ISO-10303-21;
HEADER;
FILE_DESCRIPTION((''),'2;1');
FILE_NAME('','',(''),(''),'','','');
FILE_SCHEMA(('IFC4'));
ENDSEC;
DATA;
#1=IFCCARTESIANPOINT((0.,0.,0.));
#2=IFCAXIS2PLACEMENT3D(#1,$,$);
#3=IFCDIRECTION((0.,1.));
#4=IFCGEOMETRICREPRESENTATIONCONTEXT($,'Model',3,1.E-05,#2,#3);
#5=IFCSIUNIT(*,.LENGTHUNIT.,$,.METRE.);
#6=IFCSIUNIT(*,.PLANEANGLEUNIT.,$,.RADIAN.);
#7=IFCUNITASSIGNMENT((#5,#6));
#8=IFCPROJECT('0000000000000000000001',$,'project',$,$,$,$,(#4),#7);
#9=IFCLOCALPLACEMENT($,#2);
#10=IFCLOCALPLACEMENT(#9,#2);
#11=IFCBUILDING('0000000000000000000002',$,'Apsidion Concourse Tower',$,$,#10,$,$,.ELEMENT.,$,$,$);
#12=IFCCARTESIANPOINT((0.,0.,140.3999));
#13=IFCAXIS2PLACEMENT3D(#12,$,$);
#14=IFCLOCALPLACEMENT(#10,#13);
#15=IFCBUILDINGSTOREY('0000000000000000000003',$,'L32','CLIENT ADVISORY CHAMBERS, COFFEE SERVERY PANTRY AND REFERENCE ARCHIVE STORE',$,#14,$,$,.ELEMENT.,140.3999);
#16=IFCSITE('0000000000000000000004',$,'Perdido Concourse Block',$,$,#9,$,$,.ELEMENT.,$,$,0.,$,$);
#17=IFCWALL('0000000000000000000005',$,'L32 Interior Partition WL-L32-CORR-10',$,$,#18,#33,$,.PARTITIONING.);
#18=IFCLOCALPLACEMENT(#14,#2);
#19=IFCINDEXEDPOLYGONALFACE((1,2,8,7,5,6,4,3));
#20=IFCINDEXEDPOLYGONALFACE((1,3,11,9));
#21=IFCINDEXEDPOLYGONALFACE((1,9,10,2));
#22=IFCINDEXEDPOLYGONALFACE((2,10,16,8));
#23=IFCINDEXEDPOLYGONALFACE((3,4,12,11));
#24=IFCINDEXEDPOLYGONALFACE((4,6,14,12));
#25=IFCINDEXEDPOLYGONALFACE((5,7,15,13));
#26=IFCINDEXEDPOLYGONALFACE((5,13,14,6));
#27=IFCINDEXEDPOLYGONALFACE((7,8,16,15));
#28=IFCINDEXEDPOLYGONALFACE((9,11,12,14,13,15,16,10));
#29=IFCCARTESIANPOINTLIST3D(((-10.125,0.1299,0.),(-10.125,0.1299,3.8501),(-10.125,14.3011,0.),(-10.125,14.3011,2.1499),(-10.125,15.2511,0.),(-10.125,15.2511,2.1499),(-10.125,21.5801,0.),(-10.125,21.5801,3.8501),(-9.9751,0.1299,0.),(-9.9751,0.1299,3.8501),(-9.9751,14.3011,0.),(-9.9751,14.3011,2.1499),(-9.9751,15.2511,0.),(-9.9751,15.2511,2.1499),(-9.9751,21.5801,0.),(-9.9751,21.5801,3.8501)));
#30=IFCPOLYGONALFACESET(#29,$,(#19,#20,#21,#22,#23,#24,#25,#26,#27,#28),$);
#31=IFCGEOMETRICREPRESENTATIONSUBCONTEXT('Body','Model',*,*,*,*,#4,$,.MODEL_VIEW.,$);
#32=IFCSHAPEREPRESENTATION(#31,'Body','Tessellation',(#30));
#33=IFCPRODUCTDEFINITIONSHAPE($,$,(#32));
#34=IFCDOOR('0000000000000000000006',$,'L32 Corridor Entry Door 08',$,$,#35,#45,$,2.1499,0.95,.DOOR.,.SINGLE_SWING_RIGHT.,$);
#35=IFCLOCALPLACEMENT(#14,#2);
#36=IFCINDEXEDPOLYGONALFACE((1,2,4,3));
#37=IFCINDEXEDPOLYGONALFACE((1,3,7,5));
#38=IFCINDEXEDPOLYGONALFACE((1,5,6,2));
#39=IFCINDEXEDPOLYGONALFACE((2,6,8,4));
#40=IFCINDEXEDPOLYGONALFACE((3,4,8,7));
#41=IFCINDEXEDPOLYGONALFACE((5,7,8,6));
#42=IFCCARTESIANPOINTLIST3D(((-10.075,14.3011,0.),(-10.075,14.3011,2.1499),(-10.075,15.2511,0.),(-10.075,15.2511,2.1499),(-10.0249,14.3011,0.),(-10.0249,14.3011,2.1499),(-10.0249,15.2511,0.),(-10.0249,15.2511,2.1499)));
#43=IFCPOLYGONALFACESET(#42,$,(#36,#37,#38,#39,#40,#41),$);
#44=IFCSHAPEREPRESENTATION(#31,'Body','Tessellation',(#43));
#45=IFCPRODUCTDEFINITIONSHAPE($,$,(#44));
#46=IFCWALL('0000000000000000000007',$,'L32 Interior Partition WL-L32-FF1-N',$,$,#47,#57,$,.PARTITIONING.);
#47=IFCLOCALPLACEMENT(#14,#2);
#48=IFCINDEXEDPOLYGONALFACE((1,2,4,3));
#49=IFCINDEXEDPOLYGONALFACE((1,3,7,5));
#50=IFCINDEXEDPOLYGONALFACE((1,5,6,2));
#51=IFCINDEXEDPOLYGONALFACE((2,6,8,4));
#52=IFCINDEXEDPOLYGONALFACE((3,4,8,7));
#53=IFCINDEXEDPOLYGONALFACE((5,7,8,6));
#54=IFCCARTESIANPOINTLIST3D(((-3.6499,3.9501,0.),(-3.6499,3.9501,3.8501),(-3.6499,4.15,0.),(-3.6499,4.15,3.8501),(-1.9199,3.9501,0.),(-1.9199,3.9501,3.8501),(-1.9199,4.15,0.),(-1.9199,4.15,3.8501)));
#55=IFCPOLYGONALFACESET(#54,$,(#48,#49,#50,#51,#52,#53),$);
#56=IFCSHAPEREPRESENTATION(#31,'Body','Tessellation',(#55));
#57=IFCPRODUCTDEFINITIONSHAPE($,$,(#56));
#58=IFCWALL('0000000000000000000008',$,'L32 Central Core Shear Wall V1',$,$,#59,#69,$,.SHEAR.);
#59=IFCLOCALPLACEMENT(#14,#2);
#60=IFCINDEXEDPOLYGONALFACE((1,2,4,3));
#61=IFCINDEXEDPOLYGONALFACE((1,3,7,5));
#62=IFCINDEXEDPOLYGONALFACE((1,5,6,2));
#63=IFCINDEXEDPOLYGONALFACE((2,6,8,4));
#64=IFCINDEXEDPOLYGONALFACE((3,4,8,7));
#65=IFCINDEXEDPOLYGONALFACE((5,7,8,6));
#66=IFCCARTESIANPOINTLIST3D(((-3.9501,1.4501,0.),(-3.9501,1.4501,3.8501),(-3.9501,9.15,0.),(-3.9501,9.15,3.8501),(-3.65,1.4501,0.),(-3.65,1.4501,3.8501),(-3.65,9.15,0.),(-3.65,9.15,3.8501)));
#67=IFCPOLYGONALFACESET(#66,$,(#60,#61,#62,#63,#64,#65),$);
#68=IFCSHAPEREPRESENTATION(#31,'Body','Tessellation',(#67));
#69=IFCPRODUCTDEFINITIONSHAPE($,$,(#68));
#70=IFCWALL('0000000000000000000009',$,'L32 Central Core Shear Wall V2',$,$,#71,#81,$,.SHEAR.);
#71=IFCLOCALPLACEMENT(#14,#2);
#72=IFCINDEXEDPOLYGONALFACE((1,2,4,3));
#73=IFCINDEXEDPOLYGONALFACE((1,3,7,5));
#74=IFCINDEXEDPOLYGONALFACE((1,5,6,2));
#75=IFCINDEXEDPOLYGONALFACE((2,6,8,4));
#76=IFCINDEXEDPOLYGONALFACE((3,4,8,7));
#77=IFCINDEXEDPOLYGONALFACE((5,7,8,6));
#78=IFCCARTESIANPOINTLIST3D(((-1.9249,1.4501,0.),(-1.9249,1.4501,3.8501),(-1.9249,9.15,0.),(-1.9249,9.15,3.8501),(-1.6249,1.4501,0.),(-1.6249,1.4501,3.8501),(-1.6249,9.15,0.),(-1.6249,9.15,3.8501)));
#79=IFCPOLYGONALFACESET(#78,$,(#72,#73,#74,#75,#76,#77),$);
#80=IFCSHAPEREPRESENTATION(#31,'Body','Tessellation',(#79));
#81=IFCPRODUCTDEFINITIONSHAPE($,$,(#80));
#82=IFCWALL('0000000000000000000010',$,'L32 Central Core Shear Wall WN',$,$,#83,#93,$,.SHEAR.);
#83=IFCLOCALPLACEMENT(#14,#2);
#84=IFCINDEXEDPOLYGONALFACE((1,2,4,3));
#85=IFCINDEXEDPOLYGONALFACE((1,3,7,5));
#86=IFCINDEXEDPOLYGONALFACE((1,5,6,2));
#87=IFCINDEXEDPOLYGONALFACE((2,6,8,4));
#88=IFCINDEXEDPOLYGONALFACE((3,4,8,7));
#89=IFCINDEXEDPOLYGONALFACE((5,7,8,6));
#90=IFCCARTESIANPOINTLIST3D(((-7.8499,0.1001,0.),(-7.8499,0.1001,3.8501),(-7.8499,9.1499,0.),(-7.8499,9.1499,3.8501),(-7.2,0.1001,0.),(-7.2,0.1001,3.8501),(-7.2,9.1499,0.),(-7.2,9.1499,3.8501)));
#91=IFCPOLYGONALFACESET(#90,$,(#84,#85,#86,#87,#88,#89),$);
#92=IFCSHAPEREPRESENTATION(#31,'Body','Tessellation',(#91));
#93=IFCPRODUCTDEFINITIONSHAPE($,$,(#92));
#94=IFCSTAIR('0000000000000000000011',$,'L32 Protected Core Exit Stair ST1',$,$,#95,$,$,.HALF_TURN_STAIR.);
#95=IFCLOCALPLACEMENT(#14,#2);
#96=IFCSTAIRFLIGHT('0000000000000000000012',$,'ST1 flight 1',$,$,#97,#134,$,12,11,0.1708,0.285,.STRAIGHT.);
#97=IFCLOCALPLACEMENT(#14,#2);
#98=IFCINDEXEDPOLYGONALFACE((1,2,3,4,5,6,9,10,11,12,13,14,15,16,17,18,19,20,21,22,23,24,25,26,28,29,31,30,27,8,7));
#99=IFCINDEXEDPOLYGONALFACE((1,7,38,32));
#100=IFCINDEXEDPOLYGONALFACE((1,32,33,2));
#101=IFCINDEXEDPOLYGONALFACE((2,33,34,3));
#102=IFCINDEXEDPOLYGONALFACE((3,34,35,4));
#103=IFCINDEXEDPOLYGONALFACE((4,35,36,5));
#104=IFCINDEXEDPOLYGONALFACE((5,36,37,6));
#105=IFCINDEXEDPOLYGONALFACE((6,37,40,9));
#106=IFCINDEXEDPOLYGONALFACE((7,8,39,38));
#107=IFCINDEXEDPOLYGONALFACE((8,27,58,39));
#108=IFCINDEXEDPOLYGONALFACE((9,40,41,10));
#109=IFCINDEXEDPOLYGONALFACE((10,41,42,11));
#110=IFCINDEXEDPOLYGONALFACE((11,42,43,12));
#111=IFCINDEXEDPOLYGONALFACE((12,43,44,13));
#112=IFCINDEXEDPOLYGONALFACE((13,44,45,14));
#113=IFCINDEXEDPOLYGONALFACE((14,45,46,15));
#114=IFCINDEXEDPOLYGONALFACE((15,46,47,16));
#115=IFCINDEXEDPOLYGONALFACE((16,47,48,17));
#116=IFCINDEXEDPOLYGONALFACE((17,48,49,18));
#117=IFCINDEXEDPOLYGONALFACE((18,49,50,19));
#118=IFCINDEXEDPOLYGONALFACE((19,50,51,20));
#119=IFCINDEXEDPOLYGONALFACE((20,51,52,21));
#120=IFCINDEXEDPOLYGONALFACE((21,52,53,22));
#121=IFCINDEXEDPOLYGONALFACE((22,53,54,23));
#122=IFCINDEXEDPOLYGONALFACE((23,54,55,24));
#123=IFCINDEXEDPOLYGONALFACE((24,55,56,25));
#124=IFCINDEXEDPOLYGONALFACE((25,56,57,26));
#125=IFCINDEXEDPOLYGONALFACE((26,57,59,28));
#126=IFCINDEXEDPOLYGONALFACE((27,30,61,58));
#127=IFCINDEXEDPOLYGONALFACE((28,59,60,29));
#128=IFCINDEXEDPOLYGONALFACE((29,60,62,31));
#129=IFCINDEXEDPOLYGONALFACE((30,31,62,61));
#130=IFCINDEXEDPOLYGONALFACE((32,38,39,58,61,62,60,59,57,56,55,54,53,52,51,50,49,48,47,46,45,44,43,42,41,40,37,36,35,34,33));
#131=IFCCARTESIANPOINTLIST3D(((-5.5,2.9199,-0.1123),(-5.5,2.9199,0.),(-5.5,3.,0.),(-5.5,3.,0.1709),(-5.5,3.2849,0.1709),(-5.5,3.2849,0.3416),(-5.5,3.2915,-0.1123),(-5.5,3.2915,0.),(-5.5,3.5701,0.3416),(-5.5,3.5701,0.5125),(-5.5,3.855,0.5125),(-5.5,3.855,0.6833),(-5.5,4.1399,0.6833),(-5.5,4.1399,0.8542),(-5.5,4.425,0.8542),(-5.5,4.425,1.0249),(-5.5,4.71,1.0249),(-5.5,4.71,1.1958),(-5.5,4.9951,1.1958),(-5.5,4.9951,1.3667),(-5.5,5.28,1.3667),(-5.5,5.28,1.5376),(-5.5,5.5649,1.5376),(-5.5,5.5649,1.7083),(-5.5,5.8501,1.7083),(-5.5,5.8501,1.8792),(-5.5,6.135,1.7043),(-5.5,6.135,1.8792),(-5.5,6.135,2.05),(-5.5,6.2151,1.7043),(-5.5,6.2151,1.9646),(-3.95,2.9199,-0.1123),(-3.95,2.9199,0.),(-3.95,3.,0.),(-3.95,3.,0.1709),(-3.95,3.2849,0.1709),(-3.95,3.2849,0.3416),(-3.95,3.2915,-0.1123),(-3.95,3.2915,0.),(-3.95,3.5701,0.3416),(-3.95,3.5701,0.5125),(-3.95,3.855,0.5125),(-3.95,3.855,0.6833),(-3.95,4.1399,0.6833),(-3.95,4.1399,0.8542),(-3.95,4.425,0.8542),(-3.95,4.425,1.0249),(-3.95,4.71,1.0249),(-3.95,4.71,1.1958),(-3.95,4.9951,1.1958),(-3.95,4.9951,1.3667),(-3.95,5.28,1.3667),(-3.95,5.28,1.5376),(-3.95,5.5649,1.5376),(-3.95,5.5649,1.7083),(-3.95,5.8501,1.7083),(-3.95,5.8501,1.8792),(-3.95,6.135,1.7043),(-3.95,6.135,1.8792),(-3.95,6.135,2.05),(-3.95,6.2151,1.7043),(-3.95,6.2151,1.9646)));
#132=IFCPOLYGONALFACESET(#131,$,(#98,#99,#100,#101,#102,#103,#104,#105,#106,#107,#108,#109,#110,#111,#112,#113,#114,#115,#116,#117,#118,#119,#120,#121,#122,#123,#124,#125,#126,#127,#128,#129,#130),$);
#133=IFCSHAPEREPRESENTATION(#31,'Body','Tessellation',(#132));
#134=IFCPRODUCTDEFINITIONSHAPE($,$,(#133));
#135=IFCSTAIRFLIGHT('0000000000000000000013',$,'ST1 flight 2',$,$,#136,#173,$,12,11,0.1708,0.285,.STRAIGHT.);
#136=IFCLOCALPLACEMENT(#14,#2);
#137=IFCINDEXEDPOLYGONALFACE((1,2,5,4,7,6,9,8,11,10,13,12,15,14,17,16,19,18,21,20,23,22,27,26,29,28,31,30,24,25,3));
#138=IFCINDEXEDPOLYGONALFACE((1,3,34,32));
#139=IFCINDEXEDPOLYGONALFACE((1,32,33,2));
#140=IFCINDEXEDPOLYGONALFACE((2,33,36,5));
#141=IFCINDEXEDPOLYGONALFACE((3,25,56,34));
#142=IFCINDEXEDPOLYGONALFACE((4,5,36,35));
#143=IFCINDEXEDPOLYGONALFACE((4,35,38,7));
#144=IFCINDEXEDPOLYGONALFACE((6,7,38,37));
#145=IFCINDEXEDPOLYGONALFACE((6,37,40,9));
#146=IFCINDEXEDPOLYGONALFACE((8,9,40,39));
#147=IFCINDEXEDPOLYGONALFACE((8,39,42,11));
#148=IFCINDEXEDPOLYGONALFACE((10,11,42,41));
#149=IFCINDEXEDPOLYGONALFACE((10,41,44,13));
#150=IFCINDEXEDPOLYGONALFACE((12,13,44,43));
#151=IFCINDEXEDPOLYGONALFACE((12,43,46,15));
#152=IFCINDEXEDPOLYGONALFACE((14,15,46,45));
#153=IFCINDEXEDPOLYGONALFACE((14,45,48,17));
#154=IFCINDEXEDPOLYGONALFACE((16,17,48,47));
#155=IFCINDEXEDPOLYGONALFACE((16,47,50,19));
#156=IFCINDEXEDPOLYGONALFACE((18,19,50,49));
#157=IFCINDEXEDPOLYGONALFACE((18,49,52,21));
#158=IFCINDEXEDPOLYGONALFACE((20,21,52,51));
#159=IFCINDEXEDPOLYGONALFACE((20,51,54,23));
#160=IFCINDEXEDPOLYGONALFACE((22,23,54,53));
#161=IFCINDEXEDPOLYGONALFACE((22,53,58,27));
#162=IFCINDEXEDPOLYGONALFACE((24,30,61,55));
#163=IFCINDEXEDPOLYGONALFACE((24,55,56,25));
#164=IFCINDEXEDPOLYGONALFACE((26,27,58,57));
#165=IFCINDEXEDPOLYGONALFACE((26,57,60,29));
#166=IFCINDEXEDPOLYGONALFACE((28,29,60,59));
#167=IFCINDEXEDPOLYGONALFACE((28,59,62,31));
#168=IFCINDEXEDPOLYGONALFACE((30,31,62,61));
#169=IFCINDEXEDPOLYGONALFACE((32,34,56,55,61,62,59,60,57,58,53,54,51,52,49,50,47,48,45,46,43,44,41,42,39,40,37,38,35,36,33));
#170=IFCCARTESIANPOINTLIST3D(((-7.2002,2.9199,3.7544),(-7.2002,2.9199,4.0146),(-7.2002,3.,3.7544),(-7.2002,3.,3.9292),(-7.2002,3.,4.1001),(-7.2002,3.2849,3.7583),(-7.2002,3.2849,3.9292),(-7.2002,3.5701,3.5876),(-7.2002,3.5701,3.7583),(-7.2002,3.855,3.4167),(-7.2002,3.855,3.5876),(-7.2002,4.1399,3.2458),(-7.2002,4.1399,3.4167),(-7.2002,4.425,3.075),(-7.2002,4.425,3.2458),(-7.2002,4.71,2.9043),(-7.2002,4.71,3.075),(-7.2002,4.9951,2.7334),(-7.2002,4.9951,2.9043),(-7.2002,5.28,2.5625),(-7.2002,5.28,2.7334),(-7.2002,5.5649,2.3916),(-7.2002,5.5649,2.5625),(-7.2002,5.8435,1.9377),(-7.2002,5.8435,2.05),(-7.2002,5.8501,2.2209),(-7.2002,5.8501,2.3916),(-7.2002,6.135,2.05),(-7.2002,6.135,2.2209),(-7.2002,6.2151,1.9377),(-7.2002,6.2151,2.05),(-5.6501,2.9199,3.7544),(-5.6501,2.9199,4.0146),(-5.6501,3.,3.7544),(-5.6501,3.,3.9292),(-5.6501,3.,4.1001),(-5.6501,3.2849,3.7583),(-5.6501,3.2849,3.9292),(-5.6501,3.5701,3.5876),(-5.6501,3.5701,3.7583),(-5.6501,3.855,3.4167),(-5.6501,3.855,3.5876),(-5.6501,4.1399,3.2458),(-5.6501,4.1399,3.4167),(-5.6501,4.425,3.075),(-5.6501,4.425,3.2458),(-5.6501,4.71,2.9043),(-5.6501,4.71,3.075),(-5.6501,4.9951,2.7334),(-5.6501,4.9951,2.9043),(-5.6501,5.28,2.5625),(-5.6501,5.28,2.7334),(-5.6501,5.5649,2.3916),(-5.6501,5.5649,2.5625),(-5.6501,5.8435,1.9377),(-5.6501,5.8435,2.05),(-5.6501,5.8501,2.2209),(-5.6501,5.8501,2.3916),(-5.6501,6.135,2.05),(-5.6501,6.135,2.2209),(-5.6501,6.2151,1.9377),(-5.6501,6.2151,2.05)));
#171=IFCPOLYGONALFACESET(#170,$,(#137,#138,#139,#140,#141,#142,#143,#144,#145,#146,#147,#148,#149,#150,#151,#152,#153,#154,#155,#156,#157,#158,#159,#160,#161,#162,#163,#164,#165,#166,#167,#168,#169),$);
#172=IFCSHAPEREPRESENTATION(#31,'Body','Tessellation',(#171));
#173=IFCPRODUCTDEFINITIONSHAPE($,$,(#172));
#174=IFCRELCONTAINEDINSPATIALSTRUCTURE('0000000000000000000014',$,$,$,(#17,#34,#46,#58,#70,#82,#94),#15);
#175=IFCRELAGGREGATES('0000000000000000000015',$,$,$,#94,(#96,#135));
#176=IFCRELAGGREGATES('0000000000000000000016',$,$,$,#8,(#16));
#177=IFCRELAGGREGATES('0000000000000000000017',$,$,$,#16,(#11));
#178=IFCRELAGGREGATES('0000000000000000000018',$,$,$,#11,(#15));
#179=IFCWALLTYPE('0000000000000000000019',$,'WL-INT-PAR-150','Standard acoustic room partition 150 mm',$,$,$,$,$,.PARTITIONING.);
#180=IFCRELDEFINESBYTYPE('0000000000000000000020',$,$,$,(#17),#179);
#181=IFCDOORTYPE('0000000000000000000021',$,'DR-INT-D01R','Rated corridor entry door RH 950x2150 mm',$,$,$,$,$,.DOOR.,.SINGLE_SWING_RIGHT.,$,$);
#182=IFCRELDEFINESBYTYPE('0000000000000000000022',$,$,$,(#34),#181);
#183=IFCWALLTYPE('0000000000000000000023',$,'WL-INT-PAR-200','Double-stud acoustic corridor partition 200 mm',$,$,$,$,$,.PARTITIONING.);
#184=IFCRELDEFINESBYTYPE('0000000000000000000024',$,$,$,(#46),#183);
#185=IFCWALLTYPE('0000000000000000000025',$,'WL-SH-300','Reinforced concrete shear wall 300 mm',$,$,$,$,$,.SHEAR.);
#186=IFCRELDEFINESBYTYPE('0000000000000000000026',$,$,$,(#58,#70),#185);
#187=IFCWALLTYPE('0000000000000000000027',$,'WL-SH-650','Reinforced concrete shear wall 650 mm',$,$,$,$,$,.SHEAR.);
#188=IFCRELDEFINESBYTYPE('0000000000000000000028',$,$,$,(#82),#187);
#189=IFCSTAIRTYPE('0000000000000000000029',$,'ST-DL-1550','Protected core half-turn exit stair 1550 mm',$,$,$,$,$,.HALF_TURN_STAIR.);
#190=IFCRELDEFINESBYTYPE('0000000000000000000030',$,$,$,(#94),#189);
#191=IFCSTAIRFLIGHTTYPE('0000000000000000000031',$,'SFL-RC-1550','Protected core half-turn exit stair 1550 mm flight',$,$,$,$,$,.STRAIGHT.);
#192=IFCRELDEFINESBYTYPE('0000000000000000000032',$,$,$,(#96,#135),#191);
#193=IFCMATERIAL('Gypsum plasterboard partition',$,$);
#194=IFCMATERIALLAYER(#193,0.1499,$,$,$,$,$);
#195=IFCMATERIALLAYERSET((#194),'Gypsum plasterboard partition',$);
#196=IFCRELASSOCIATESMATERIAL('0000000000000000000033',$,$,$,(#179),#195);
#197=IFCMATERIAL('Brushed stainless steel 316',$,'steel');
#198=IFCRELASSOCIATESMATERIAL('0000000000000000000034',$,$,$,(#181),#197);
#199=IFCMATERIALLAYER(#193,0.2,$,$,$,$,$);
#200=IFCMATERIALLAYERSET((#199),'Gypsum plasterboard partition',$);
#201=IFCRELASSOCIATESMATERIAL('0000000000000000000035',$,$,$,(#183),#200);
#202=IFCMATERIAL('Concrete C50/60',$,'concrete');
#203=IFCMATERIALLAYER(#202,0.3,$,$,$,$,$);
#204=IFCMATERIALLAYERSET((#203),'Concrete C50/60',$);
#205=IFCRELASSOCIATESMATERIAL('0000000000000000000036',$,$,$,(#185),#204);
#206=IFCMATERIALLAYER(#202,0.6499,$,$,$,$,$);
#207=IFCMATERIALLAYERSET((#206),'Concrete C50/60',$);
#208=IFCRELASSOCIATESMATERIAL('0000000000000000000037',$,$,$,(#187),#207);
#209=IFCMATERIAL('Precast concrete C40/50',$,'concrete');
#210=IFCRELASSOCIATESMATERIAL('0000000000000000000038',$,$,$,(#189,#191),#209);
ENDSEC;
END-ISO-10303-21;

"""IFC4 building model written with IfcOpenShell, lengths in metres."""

from ifc_helpers import new_model, si_unit, direction, frame, frame_2d, origin, place, context, subcontext, project, spatial, polyline, rectangle, outline, extrude, material, layer, layer_set, type_object, element, fill, aggregate, save


model = new_model("IFC4")

# Units and contexts
model_context = context("Model", 3, precision=1e-05, world=origin(), true_north=direction((0.0, 1.0)))
body_context = subcontext(model_context, "Body", "Model", "MODEL_VIEW")
ifc_project = project(units=[si_unit("LENGTHUNIT", "METRE"), si_unit("PLANEANGLEUNIT", "RADIAN")], contexts=[model_context])

# Site, building, storey
site_placement = place(None, origin())
site = spatial("IfcSite", under=ifc_project, at=site_placement, Name="Perdido Concourse Block", CompositionType="ELEMENT", RefElevation=0.0)
building_placement = place(site_placement, origin())
building = spatial("IfcBuilding", under=site, at=building_placement, Name="Apsidion Concourse Tower", CompositionType="ELEMENT")
storey_placement = place(building_placement, frame((0.0, 0.0, 140.3999)))
storey = spatial("IfcBuildingStorey", under=building, at=storey_placement, Name="L32", Description="CLIENT ADVISORY CHAMBERS, COFFEE SERVERY PANTRY AND REFERENCE ARCHIVE STORE", CompositionType="ELEMENT", Elevation=140.3999)

# Shared definitions
ifc_material_1 = material(Name="Concrete C50/60", Category="concrete")

# Wall, opening, door
ifc_material_2 = material(Name="Gypsum plasterboard partition")
ifc_layer_1 = layer(ifc_material_2, 0.1499)
ifc_layer_set_1 = layer_set([ifc_layer_1], Name="Gypsum plasterboard partition")
wall_type_1 = type_object("IfcWallType", Name="WL-INT-PAR-150", Description="Standard acoustic room partition 150 mm", PredefinedType="PARTITIONING", material=ifc_layer_set_1)
ifc_material_3 = material(Name="Brushed stainless steel 316", Category="steel")
wall_1_placement = place(storey_placement, frame((-10.05, 0.1299, 0.0), z_axis=(0.0, 0.0, 1.0), x_axis=(0.0, 1.0, 0.0)))
wall_1 = element("IfcWall", 1, at=wall_1_placement, inside=storey, type_object=wall_type_1, Name="L32 Interior Partition WL-L32-CORR-10", PredefinedType="PARTITIONING", context=body_context, shape_type="SweptSolid", body=[
    extrude(rectangle(XDim=21.4502, YDim=0.1499, at=frame_2d((10.7251, 0.0))), origin(), (0.0, 0.0, 1.0), 3.8501),
])
opening_1_placement = place(wall_1_placement, frame((14.1711, 0.0, 0.0)))
opening_1 = element("IfcOpeningElement", 2, at=opening_1_placement, cuts=wall_1, PredefinedType="OPENING", context=body_context, shape_type="SweptSolid", body=[
    extrude(rectangle(XDim=0.95, YDim=2.1499, at=frame_2d((0.4751, 1.075))), frame((0.0, 0.085, 0.0), z_axis=(0.0, -1.0, 0.0), x_axis=(1.0, 0.0, 0.0)), (0.0, 0.0, 1.0), 0.1699),
])
door_type_1 = type_object("IfcDoorType", Name="DR-INT-D01R", Description="Rated corridor entry door RH 950x2150 mm", OperationType="SINGLE_SWING_RIGHT", PredefinedType="DOOR", material=ifc_material_3)
door_1_placement = place(opening_1_placement, origin())
door_1 = element("IfcDoor", 3, at=door_1_placement, inside=storey, type_object=door_type_1, Name="L32 Corridor Entry Door 08", OperationType="SINGLE_SWING_RIGHT", OverallHeight=2.1499, OverallWidth=0.95, PredefinedType="DOOR", context=body_context, shape_type="SweptSolid", body=[
    extrude(rectangle(XDim=0.95, YDim=2.1499, at=frame_2d((0.4751, 1.075))), frame((0.0, 0.0249, 0.0), z_axis=(0.0, -1.0, 0.0), x_axis=(1.0, 0.0, 0.0)), (0.0, 0.0, 1.0), 0.05),
])
fill(opening_1, door_1)

# Walls
ifc_layer_2 = layer(ifc_material_2, 0.2)
ifc_layer_set_2 = layer_set([ifc_layer_2], Name="Gypsum plasterboard partition")
wall_type_2 = type_object("IfcWallType", Name="WL-INT-PAR-200", Description="Double-stud acoustic corridor partition 200 mm", PredefinedType="PARTITIONING", material=ifc_layer_set_2)
wall_2_placement = place(storey_placement, frame((-3.6499, 4.05, 0.0), z_axis=(0.0, 0.0, 1.0), x_axis=(1.0, 0.0, 0.0)))
element("IfcWall", 4, at=wall_2_placement, inside=storey, type_object=wall_type_2, Name="L32 Interior Partition WL-L32-FF1-N", PredefinedType="PARTITIONING", context=body_context, shape_type="SweptSolid", body=[
    extrude(rectangle(XDim=1.73, YDim=0.2, at=frame_2d((0.865, 0.0))), origin(), (0.0, 0.0, 1.0), 3.8501),
])
ifc_layer_3 = layer(ifc_material_1, 0.3)
ifc_layer_set_3 = layer_set([ifc_layer_3], Name="Concrete C50/60")
wall_type_3 = type_object("IfcWallType", Name="WL-SH-300", Description="Reinforced concrete shear wall 300 mm", PredefinedType="SHEAR", material=ifc_layer_set_3)
for number, where, z_axis, x_axis, name in (
    (5, (-3.8, 1.45, 0.0), (0.0, 0.0, 1.0), (0.0, 1.0, 0.0), "L32 Central Core Shear Wall V1"),
    (6, (-1.7749, 1.45, 0.0), (0.0, 0.0, 1.0), (0.0, 1.0, 0.0), "L32 Central Core Shear Wall V2"),
):
    element("IfcWall", number, at=place(storey_placement, frame(where, z_axis=z_axis, x_axis=x_axis)), inside=storey, type_object=wall_type_3, Name=name, PredefinedType="SHEAR", context=body_context, shape_type="SweptSolid", body=[
        extrude(rectangle(XDim=7.7, YDim=0.3, at=frame_2d((3.8501, 0.0))), origin(), (0.0, 0.0, 1.0), 3.8501),
    ])

# Wall
ifc_layer_4 = layer(ifc_material_1, 0.6499)
ifc_layer_set_4 = layer_set([ifc_layer_4], Name="Concrete C50/60")
wall_type_4 = type_object("IfcWallType", Name="WL-SH-650", Description="Reinforced concrete shear wall 650 mm", PredefinedType="SHEAR", material=ifc_layer_set_4)
wall_3_placement = place(storey_placement, frame((-7.5249, 0.1001, 0.0), z_axis=(0.0, 0.0, 1.0), x_axis=(0.0, 1.0, 0.0)))
element("IfcWall", 7, at=wall_3_placement, inside=storey, type_object=wall_type_4, Name="L32 Central Core Shear Wall WN", PredefinedType="SHEAR", context=body_context, shape_type="SweptSolid", body=[
    extrude(rectangle(XDim=9.0498, YDim=0.6499, at=frame_2d((4.5249, 0.0))), origin(), (0.0, 0.0, 1.0), 3.8501),
])

# Stair, stair flights
ifc_material_4 = material(Name="Precast concrete C40/50", Category="concrete")
stair_type = type_object("IfcStairType", Name="ST-DL-1550", Description="Protected core half-turn exit stair 1550 mm", PredefinedType="HALF_TURN_STAIR", material=ifc_material_4)
stair_placement = place(storey_placement, origin())
stair = element("IfcStair", 8, at=stair_placement, inside=storey, type_object=stair_type, Name="L32 Protected Core Exit Stair ST1", PredefinedType="HALF_TURN_STAIR")
stair_flight_type = type_object("IfcStairFlightType", Name="SFL-RC-1550", Description="Protected core half-turn exit stair 1550 mm flight", PredefinedType="STRAIGHT", material=ifc_material_4)
stair_flight_1_placement = place(storey_placement, frame((-4.7251, 3.0, 0.0), z_axis=(0.0, 0.0, 1.0), x_axis=(0.0, 1.0, 0.0)))
stair_flight_1 = element("IfcStairFlight", 9, at=stair_flight_1_placement, type_object=stair_flight_type, Name="ST1 flight 1", NumberOfRisers=12, NumberOfTreads=11, PredefinedType="STRAIGHT", RiserHeight=0.1708, TreadLength=0.285, context=body_context, shape_type="SweptSolid", body=[
    extrude(outline(polyline([(-0.0801, -0.1123), (-0.0801, 0.0), (0.0, 0.0), (0.0, 0.1709), (0.2849, 0.1709), (0.2849, 0.3416), (0.5701, 0.3416), (0.5701, 0.5125), (0.855, 0.5125), (0.855, 0.6833), (1.1399, 0.6833), (1.1399, 0.8542), (1.425, 0.8542), (1.425, 1.0249), (1.71, 1.0249), (1.71, 1.1958), (1.9951, 1.1958), (1.9951, 1.3667), (2.28, 1.3667), (2.28, 1.5376), (2.5649, 1.5376), (2.5649, 1.7083), (2.8501, 1.7083), (2.8501, 1.8792), (3.135, 1.8792), (3.135, 2.05), (3.2151, 1.9646), (3.2151, 1.7043), (3.135, 1.7043), (0.2915, 0.0), (0.2915, -0.1123), (-0.0801, -0.1123)])), frame((0.0, 0.7749, 0.0), z_axis=(0.0, -1.0, 0.0), x_axis=(1.0, 0.0, 0.0)), (0.0, 0.0, 1.0), 1.55),
])
stair_flight_2_placement = place(storey_placement, frame((-6.425, 6.135, 2.05), z_axis=(0.0, 0.0, 1.0), x_axis=(0.0, -1.0, 0.0)))
stair_flight_2 = element("IfcStairFlight", 10, at=stair_flight_2_placement, type_object=stair_flight_type, Name="ST1 flight 2", NumberOfRisers=12, NumberOfTreads=11, PredefinedType="STRAIGHT", RiserHeight=0.1708, TreadLength=0.285, context=body_context, shape_type="SweptSolid", body=[
    extrude(outline(polyline([(-0.0801, -0.1123), (-0.0801, 0.0), (0.0, 0.0), (0.0, 0.1709), (0.2849, 0.1709), (0.2849, 0.3416), (0.5701, 0.3416), (0.5701, 0.5125), (0.855, 0.5125), (0.855, 0.6833), (1.1399, 0.6833), (1.1399, 0.8542), (1.425, 0.8542), (1.425, 1.0249), (1.71, 1.0249), (1.71, 1.1958), (1.9951, 1.1958), (1.9951, 1.3667), (2.28, 1.3667), (2.28, 1.5376), (2.5649, 1.5376), (2.5649, 1.7083), (2.8501, 1.7083), (2.8501, 1.8792), (3.135, 1.8792), (3.135, 2.05), (3.2151, 1.9646), (3.2151, 1.7043), (3.135, 1.7043), (0.2915, 0.0), (0.2915, -0.1123), (-0.0801, -0.1123)])), frame((0.0, 0.7749, 0.0), z_axis=(0.0, -1.0, 0.0), x_axis=(1.0, 0.0, 0.0)), (0.0, 0.0, 1.0), 1.55),
])
aggregate(stair, [stair_flight_1, stair_flight_2])

save(model, "model.ifc")
